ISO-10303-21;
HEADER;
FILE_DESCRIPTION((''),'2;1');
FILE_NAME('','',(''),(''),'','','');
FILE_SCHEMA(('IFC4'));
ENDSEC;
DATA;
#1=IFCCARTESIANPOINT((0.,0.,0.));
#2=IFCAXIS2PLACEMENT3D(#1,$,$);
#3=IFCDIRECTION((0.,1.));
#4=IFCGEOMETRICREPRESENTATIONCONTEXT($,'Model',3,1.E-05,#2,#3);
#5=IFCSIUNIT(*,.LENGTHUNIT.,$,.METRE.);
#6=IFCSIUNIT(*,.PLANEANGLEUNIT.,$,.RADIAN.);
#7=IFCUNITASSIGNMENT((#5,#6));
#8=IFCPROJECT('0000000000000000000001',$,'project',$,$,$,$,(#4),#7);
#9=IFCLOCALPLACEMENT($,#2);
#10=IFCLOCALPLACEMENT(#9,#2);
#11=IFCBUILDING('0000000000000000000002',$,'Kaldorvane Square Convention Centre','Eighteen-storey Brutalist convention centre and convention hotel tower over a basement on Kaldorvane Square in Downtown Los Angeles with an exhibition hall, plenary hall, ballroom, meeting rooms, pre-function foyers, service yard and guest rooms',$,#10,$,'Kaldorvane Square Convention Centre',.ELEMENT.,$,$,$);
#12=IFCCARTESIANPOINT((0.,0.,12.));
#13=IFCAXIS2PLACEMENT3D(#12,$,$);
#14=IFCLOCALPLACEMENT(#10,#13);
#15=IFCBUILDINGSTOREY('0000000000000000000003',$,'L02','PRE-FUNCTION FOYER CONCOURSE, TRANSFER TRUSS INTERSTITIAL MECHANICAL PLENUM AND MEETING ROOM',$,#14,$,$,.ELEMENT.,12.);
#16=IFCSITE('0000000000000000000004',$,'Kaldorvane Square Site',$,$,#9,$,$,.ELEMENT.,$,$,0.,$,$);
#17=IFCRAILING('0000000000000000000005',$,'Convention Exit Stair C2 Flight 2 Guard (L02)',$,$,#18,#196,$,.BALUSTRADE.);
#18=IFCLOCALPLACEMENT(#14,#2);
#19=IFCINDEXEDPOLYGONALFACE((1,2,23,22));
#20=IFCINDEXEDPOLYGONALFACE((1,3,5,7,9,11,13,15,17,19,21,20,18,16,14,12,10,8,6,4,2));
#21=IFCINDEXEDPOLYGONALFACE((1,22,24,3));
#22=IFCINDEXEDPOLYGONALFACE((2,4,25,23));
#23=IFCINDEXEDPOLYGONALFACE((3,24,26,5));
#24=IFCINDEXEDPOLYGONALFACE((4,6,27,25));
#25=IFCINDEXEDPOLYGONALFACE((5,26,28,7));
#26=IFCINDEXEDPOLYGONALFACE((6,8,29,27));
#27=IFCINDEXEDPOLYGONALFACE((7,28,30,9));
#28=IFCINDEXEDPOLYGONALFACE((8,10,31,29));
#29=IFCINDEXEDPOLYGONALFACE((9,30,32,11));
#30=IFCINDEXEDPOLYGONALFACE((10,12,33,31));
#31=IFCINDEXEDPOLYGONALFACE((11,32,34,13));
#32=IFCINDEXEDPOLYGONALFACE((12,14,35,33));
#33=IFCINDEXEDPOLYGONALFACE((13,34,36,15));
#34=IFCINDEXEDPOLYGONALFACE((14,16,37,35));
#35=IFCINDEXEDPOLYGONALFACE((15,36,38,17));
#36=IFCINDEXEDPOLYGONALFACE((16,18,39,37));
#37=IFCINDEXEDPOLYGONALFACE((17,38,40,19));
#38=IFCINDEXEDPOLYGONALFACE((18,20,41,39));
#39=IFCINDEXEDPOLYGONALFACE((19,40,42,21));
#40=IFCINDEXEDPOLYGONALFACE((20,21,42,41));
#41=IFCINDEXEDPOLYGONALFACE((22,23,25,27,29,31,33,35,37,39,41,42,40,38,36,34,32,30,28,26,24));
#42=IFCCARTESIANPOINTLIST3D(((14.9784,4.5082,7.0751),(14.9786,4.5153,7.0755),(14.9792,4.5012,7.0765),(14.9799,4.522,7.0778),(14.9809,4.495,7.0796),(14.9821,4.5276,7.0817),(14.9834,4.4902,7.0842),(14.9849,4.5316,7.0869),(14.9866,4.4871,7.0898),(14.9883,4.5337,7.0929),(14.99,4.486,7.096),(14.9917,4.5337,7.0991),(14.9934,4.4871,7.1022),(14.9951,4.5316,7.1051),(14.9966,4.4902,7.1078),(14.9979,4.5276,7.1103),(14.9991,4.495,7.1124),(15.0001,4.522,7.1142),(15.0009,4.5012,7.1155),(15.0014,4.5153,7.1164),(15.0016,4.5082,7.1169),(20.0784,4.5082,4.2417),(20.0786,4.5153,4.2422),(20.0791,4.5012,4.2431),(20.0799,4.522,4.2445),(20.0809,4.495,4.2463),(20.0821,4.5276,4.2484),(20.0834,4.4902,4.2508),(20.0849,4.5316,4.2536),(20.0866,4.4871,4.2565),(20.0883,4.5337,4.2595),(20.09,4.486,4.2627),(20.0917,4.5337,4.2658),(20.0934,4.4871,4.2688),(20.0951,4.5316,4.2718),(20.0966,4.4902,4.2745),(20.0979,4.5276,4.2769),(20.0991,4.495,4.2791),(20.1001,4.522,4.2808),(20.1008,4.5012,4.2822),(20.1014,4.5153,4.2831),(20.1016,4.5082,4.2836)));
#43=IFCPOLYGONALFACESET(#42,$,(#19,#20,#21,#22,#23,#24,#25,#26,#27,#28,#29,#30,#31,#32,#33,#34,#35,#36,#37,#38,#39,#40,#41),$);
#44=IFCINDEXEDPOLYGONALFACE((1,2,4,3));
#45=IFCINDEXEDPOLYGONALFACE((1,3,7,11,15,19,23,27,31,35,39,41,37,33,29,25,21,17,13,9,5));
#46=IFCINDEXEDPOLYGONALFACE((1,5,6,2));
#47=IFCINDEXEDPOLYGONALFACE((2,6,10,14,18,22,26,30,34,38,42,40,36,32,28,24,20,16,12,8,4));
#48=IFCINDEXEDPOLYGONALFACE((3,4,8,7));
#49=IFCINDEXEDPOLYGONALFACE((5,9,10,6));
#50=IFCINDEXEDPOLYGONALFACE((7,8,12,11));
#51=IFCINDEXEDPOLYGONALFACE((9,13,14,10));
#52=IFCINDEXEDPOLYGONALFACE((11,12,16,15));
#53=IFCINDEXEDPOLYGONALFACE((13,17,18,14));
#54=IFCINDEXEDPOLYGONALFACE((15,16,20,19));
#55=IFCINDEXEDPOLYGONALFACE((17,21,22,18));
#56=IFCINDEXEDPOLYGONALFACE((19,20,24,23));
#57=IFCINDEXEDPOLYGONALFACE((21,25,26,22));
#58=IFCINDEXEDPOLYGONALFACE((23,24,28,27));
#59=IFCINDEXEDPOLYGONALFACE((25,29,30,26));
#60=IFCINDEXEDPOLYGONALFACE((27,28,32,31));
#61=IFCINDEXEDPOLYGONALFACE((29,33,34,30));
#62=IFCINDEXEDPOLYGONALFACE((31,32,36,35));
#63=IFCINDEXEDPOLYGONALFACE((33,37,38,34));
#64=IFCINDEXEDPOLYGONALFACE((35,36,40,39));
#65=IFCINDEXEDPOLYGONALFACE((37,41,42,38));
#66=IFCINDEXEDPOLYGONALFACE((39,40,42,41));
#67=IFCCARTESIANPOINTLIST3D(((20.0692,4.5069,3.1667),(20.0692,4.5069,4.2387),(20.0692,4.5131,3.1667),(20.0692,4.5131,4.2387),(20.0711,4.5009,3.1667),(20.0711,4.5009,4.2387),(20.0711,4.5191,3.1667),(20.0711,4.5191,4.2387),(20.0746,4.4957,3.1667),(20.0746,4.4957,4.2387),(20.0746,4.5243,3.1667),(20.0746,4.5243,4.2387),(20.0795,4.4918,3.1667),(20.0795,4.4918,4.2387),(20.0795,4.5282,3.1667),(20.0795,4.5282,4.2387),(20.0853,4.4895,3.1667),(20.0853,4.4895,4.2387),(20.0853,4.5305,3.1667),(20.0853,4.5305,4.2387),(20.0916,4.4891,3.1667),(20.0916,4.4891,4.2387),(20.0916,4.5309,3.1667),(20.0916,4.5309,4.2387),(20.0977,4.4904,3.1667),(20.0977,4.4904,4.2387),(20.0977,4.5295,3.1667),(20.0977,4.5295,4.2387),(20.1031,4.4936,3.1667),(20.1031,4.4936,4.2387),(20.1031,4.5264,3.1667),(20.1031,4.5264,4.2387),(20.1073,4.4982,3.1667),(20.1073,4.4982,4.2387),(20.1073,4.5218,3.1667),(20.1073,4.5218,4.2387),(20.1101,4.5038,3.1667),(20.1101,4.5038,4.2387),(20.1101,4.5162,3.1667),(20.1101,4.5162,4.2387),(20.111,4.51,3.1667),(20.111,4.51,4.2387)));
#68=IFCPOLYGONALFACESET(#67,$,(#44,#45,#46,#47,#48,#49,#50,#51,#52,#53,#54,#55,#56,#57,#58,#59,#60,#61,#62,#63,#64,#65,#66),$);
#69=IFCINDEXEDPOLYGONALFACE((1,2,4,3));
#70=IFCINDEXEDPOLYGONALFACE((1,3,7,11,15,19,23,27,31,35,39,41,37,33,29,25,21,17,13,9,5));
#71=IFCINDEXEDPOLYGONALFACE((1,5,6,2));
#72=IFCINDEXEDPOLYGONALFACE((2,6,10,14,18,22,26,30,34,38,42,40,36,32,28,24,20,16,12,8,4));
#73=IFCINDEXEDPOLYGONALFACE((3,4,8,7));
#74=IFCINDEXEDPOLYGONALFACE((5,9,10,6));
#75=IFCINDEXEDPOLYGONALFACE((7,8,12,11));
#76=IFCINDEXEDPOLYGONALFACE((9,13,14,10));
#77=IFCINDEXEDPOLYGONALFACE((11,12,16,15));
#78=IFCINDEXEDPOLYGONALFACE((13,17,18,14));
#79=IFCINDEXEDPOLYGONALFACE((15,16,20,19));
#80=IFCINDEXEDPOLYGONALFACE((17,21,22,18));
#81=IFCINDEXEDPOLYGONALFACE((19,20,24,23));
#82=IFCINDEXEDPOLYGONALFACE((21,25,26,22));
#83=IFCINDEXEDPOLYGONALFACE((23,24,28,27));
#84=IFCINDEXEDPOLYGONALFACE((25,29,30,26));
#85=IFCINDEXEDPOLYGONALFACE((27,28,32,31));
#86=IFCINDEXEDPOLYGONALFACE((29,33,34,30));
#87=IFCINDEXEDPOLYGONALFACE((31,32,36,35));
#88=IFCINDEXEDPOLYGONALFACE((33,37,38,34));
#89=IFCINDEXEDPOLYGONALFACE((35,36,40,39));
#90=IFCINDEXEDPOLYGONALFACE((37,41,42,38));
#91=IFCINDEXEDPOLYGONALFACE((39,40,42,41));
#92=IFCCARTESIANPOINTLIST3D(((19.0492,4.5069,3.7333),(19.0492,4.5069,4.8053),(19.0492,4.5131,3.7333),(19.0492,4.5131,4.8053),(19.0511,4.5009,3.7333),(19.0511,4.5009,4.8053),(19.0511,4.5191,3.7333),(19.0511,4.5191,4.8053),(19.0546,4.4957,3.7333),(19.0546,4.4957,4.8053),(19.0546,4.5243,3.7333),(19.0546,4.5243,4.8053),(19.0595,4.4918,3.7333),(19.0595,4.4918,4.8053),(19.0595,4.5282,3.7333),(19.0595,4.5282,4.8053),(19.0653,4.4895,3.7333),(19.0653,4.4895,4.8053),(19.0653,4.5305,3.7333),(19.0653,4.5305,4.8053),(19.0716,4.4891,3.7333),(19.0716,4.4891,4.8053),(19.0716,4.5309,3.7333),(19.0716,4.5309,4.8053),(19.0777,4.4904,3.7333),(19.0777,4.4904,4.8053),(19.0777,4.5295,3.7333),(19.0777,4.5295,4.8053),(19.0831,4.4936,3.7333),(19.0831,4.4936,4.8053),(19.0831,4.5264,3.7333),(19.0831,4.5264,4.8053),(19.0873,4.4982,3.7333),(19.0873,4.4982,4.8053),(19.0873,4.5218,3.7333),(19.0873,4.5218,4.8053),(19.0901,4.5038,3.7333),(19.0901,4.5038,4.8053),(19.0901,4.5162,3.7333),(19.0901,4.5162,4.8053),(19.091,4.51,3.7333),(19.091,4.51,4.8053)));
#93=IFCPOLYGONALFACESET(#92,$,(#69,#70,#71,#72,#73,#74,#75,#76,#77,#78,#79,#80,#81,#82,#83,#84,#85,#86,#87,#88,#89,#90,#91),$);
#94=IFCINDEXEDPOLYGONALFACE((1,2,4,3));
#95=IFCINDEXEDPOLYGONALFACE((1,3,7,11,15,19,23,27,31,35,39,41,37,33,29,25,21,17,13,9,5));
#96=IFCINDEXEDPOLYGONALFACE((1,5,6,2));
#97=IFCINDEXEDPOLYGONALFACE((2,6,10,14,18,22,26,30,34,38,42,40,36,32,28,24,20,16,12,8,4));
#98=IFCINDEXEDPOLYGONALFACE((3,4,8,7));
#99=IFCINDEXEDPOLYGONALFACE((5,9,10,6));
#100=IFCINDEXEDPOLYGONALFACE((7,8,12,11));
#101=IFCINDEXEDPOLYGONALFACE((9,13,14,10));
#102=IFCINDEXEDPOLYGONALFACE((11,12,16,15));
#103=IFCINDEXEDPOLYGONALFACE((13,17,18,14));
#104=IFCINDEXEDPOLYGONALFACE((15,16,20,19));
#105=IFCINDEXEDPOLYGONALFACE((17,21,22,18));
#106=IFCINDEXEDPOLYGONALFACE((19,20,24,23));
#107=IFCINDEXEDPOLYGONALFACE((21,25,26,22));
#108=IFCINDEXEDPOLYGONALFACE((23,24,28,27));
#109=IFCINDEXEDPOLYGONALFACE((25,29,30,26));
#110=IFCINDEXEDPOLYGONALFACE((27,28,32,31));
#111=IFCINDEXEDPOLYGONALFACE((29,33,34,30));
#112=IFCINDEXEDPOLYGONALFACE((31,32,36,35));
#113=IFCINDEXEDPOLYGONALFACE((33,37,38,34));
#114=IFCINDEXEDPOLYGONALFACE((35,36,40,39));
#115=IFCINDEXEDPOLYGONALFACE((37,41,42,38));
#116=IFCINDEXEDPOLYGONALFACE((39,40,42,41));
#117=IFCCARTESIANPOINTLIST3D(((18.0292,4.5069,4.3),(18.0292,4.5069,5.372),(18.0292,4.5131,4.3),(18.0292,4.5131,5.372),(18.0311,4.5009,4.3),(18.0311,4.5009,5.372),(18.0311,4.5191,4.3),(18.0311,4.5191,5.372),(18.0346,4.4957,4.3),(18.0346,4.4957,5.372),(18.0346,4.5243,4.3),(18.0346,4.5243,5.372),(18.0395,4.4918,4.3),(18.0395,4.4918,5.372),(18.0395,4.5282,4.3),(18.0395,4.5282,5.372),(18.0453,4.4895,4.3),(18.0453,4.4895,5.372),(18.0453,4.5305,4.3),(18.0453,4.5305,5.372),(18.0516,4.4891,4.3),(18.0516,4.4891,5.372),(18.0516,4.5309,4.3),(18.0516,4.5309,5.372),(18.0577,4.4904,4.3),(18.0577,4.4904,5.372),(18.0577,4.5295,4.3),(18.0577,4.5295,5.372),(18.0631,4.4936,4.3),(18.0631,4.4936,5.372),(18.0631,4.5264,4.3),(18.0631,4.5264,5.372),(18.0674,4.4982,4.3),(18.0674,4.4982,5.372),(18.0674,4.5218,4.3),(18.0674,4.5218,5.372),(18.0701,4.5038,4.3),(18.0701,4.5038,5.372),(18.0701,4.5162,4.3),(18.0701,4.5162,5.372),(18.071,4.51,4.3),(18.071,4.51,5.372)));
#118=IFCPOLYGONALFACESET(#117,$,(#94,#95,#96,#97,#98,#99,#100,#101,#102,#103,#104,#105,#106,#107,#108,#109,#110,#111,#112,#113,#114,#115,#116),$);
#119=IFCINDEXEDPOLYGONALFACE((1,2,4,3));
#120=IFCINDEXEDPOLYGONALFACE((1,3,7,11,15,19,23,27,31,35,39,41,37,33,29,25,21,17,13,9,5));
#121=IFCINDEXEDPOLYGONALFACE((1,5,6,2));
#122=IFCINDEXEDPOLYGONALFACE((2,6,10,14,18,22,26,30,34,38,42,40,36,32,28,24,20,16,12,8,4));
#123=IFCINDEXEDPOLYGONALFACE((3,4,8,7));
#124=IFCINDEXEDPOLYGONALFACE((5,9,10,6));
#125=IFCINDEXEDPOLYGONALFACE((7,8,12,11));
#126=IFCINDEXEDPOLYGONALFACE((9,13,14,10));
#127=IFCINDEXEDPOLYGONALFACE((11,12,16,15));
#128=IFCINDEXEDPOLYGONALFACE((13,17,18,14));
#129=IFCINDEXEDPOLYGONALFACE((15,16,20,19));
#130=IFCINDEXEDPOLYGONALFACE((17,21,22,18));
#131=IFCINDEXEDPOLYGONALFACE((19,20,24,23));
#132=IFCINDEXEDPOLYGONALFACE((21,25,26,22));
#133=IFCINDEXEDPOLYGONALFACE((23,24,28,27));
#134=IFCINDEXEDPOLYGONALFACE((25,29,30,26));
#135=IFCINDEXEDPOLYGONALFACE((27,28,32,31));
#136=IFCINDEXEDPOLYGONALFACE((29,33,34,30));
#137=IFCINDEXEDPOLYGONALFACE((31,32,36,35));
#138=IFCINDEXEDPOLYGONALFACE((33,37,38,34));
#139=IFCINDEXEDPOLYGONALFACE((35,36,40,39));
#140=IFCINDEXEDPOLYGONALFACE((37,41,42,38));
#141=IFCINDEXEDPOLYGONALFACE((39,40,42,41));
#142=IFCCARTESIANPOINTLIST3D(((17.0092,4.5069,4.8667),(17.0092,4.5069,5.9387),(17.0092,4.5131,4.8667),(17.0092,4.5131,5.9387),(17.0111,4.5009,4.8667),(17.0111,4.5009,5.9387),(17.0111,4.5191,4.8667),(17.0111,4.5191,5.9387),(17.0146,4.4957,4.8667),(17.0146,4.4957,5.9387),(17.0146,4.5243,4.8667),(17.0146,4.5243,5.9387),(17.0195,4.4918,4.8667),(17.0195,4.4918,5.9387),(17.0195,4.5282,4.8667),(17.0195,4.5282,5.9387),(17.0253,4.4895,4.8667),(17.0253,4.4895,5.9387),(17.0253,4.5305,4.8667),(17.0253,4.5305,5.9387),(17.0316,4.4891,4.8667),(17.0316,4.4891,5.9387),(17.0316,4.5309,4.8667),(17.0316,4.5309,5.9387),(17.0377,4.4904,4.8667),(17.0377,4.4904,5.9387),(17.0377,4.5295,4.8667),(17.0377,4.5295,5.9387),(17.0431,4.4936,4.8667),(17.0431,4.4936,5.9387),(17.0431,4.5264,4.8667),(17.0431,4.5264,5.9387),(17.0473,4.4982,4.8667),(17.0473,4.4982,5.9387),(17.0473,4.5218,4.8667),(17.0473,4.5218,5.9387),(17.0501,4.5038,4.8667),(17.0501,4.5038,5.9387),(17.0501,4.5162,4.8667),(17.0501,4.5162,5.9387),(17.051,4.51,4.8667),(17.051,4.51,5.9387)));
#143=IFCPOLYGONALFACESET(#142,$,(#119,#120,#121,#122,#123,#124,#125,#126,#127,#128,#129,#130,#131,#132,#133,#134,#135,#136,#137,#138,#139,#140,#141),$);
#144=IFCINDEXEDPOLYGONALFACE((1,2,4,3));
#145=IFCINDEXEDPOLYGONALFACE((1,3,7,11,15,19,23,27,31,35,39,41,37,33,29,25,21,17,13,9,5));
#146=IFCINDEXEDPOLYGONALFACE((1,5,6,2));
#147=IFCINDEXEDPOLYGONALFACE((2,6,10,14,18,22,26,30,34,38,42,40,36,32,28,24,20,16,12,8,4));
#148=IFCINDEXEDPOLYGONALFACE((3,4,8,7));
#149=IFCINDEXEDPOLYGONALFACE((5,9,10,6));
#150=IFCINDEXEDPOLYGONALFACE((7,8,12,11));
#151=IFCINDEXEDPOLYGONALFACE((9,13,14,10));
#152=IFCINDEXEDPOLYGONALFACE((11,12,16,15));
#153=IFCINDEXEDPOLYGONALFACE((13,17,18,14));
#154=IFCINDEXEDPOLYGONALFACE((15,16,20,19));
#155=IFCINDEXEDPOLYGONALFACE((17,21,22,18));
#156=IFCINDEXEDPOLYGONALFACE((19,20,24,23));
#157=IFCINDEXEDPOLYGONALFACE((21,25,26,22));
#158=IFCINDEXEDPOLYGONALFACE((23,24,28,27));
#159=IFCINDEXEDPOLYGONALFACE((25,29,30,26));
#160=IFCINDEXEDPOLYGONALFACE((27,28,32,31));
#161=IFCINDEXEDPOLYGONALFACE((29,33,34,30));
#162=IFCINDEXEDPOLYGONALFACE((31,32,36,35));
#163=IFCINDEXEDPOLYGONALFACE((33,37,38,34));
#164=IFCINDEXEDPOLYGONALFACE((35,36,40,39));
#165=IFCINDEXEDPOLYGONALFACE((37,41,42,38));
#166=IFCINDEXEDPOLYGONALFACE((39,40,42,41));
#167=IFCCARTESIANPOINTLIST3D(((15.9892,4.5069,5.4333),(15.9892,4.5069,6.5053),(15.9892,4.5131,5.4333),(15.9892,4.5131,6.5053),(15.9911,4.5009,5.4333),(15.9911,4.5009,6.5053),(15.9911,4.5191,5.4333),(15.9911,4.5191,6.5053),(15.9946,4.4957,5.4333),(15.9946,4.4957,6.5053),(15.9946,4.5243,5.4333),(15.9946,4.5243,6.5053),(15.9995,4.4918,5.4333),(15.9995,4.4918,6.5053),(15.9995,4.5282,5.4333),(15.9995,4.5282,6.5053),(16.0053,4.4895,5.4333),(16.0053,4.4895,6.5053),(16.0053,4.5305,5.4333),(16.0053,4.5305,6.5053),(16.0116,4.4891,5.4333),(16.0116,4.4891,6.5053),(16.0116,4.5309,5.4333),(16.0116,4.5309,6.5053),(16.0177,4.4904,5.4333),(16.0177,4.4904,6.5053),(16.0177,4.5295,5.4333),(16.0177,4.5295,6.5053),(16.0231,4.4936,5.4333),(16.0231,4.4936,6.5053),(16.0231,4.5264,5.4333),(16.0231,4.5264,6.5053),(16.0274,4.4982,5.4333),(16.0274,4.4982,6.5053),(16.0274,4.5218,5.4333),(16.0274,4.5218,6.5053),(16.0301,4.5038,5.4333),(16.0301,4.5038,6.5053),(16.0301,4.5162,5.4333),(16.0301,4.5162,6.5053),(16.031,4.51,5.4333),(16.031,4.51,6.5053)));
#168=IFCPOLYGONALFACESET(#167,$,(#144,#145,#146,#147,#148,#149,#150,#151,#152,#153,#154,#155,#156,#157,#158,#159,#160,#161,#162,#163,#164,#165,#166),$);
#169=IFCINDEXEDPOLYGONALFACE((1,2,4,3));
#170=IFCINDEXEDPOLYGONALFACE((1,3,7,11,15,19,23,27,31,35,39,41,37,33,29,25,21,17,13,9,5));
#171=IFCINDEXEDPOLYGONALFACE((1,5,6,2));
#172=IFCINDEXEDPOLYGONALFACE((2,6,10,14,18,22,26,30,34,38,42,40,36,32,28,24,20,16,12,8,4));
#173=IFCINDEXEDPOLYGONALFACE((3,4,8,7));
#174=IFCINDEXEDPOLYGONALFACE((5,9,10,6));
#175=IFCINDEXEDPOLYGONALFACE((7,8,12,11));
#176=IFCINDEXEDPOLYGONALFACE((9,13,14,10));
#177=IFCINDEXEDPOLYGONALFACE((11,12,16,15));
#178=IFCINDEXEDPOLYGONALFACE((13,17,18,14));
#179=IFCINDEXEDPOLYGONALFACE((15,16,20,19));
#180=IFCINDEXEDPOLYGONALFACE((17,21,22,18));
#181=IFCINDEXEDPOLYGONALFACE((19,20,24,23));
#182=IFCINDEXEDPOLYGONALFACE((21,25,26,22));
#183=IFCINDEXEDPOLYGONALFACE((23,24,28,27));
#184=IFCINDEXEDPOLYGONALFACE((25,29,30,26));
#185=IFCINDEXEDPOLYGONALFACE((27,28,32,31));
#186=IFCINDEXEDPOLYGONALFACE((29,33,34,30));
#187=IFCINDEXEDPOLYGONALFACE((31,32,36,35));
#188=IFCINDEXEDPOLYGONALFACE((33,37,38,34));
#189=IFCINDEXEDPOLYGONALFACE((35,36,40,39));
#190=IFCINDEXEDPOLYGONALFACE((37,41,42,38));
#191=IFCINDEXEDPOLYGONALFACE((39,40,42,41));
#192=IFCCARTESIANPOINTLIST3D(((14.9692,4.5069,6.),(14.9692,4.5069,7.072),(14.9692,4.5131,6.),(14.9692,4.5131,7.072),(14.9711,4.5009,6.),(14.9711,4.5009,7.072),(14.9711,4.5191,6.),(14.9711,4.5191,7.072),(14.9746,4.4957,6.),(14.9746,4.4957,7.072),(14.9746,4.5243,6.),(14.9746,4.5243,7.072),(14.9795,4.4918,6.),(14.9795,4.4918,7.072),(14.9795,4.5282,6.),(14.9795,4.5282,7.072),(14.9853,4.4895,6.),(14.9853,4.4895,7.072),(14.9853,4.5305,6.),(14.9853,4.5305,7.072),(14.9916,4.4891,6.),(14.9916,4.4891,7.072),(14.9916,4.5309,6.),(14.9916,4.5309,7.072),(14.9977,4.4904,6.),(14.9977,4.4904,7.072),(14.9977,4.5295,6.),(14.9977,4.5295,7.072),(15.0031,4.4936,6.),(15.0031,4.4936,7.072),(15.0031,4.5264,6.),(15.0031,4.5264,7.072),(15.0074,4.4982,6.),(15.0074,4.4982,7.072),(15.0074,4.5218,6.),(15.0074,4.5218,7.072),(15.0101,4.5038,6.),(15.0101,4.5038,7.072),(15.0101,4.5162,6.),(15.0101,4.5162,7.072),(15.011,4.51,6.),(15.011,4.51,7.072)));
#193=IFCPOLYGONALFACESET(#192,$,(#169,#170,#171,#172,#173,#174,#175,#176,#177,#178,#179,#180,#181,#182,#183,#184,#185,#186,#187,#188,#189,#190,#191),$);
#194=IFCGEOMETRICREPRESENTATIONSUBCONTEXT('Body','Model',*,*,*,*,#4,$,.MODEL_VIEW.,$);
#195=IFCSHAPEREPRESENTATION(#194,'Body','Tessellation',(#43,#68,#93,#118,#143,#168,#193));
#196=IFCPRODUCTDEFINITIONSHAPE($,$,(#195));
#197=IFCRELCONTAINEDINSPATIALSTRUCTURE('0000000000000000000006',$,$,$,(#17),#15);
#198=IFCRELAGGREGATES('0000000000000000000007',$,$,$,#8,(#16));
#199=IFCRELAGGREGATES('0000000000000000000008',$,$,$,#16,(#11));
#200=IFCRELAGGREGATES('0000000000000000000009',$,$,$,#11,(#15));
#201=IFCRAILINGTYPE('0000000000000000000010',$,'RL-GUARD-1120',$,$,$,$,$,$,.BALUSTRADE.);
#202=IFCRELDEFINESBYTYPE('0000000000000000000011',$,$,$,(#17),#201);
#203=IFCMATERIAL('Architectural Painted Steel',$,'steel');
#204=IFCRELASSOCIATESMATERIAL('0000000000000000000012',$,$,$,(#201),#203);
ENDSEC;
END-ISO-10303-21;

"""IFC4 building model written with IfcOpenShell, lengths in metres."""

from ifc_helpers import new_model, si_unit, direction, frame, origin, origin_2d, place, context, subcontext, project, spatial, circle, extrude, material, type_object, element, save


model = new_model("IFC4")

# Units and contexts
model_context = context("Model", 3, precision=1e-05, world=origin(), true_north=direction((0.0, 1.0)))
body_context = subcontext(model_context, "Body", "Model", "MODEL_VIEW")
ifc_project = project(units=[si_unit("LENGTHUNIT", "METRE"), si_unit("PLANEANGLEUNIT", "RADIAN")], contexts=[model_context])

# Site, building, storey
site_placement = place(None, origin())
site = spatial("IfcSite", under=ifc_project, at=site_placement, Name="Kaldorvane Square Site", CompositionType="ELEMENT", RefElevation=0.0)
building_placement = place(site_placement, origin())
building = spatial("IfcBuilding", under=site, at=building_placement, Name="Kaldorvane Square Convention Centre", Description="Eighteen-storey Brutalist convention centre and convention hotel tower over a basement on Kaldorvane Square in Downtown Los Angeles with an exhibition hall, plenary hall, ballroom, meeting rooms, pre-function foyers, service yard and guest rooms", LongName="Kaldorvane Square Convention Centre", CompositionType="ELEMENT")
storey_placement = place(building_placement, frame((0.0, 0.0, 12.0)))
storey = spatial("IfcBuildingStorey", under=building, at=storey_placement, Name="L02", Description="PRE-FUNCTION FOYER CONCOURSE, TRANSFER TRUSS INTERSTITIAL MECHANICAL PLENUM AND MEETING ROOM", CompositionType="ELEMENT", Elevation=12.0)

# Railing
ifc_material_1 = material(Name="Architectural Painted Steel", Category="steel")
railing_type_1 = type_object("IfcRailingType", Name="RL-GUARD-1120", PredefinedType="BALUSTRADE", material=ifc_material_1)
railing_1_placement = place(storey_placement, frame((20.09, 4.51, 3.1667)))
element("IfcRailing", 1, at=railing_1_placement, inside=storey, type_object=railing_type_1, Name="Convention Exit Stair C2 Flight 2 Guard (L02)", PredefinedType="BALUSTRADE", context=body_context, shape_type="SweptSolid", body=[
    extrude(circle(Radius=0.024, at=origin_2d()), frame((0.0, 0.0, 1.096), z_axis=(-0.874157, 0.0, 0.485643), x_axis=(0.0, -1.0, 0.0)), (0.0, 0.0, 1.0), 5.8342),
    extrude(circle(Radius=0.021, at=origin_2d()), origin(), (0.0, 0.0, 1.0), 1.072),
    extrude(circle(Radius=0.021, at=origin_2d()), frame((-1.02, 0.0, 0.5667)), (0.0, 0.0, 1.0), 1.072),
    extrude(circle(Radius=0.021, at=origin_2d()), frame((-2.04, 0.0, 1.1333)), (0.0, 0.0, 1.0), 1.072),
    extrude(circle(Radius=0.021, at=origin_2d()), frame((-3.06, 0.0, 1.7)), (0.0, 0.0, 1.0), 1.072),
    extrude(circle(Radius=0.021, at=origin_2d()), frame((-4.08, 0.0, 2.2667)), (0.0, 0.0, 1.0), 1.072),
    extrude(circle(Radius=0.021, at=origin_2d()), frame((-5.1, 0.0, 2.8333)), (0.0, 0.0, 1.0), 1.072),
])

save(model, "model.ifc")
